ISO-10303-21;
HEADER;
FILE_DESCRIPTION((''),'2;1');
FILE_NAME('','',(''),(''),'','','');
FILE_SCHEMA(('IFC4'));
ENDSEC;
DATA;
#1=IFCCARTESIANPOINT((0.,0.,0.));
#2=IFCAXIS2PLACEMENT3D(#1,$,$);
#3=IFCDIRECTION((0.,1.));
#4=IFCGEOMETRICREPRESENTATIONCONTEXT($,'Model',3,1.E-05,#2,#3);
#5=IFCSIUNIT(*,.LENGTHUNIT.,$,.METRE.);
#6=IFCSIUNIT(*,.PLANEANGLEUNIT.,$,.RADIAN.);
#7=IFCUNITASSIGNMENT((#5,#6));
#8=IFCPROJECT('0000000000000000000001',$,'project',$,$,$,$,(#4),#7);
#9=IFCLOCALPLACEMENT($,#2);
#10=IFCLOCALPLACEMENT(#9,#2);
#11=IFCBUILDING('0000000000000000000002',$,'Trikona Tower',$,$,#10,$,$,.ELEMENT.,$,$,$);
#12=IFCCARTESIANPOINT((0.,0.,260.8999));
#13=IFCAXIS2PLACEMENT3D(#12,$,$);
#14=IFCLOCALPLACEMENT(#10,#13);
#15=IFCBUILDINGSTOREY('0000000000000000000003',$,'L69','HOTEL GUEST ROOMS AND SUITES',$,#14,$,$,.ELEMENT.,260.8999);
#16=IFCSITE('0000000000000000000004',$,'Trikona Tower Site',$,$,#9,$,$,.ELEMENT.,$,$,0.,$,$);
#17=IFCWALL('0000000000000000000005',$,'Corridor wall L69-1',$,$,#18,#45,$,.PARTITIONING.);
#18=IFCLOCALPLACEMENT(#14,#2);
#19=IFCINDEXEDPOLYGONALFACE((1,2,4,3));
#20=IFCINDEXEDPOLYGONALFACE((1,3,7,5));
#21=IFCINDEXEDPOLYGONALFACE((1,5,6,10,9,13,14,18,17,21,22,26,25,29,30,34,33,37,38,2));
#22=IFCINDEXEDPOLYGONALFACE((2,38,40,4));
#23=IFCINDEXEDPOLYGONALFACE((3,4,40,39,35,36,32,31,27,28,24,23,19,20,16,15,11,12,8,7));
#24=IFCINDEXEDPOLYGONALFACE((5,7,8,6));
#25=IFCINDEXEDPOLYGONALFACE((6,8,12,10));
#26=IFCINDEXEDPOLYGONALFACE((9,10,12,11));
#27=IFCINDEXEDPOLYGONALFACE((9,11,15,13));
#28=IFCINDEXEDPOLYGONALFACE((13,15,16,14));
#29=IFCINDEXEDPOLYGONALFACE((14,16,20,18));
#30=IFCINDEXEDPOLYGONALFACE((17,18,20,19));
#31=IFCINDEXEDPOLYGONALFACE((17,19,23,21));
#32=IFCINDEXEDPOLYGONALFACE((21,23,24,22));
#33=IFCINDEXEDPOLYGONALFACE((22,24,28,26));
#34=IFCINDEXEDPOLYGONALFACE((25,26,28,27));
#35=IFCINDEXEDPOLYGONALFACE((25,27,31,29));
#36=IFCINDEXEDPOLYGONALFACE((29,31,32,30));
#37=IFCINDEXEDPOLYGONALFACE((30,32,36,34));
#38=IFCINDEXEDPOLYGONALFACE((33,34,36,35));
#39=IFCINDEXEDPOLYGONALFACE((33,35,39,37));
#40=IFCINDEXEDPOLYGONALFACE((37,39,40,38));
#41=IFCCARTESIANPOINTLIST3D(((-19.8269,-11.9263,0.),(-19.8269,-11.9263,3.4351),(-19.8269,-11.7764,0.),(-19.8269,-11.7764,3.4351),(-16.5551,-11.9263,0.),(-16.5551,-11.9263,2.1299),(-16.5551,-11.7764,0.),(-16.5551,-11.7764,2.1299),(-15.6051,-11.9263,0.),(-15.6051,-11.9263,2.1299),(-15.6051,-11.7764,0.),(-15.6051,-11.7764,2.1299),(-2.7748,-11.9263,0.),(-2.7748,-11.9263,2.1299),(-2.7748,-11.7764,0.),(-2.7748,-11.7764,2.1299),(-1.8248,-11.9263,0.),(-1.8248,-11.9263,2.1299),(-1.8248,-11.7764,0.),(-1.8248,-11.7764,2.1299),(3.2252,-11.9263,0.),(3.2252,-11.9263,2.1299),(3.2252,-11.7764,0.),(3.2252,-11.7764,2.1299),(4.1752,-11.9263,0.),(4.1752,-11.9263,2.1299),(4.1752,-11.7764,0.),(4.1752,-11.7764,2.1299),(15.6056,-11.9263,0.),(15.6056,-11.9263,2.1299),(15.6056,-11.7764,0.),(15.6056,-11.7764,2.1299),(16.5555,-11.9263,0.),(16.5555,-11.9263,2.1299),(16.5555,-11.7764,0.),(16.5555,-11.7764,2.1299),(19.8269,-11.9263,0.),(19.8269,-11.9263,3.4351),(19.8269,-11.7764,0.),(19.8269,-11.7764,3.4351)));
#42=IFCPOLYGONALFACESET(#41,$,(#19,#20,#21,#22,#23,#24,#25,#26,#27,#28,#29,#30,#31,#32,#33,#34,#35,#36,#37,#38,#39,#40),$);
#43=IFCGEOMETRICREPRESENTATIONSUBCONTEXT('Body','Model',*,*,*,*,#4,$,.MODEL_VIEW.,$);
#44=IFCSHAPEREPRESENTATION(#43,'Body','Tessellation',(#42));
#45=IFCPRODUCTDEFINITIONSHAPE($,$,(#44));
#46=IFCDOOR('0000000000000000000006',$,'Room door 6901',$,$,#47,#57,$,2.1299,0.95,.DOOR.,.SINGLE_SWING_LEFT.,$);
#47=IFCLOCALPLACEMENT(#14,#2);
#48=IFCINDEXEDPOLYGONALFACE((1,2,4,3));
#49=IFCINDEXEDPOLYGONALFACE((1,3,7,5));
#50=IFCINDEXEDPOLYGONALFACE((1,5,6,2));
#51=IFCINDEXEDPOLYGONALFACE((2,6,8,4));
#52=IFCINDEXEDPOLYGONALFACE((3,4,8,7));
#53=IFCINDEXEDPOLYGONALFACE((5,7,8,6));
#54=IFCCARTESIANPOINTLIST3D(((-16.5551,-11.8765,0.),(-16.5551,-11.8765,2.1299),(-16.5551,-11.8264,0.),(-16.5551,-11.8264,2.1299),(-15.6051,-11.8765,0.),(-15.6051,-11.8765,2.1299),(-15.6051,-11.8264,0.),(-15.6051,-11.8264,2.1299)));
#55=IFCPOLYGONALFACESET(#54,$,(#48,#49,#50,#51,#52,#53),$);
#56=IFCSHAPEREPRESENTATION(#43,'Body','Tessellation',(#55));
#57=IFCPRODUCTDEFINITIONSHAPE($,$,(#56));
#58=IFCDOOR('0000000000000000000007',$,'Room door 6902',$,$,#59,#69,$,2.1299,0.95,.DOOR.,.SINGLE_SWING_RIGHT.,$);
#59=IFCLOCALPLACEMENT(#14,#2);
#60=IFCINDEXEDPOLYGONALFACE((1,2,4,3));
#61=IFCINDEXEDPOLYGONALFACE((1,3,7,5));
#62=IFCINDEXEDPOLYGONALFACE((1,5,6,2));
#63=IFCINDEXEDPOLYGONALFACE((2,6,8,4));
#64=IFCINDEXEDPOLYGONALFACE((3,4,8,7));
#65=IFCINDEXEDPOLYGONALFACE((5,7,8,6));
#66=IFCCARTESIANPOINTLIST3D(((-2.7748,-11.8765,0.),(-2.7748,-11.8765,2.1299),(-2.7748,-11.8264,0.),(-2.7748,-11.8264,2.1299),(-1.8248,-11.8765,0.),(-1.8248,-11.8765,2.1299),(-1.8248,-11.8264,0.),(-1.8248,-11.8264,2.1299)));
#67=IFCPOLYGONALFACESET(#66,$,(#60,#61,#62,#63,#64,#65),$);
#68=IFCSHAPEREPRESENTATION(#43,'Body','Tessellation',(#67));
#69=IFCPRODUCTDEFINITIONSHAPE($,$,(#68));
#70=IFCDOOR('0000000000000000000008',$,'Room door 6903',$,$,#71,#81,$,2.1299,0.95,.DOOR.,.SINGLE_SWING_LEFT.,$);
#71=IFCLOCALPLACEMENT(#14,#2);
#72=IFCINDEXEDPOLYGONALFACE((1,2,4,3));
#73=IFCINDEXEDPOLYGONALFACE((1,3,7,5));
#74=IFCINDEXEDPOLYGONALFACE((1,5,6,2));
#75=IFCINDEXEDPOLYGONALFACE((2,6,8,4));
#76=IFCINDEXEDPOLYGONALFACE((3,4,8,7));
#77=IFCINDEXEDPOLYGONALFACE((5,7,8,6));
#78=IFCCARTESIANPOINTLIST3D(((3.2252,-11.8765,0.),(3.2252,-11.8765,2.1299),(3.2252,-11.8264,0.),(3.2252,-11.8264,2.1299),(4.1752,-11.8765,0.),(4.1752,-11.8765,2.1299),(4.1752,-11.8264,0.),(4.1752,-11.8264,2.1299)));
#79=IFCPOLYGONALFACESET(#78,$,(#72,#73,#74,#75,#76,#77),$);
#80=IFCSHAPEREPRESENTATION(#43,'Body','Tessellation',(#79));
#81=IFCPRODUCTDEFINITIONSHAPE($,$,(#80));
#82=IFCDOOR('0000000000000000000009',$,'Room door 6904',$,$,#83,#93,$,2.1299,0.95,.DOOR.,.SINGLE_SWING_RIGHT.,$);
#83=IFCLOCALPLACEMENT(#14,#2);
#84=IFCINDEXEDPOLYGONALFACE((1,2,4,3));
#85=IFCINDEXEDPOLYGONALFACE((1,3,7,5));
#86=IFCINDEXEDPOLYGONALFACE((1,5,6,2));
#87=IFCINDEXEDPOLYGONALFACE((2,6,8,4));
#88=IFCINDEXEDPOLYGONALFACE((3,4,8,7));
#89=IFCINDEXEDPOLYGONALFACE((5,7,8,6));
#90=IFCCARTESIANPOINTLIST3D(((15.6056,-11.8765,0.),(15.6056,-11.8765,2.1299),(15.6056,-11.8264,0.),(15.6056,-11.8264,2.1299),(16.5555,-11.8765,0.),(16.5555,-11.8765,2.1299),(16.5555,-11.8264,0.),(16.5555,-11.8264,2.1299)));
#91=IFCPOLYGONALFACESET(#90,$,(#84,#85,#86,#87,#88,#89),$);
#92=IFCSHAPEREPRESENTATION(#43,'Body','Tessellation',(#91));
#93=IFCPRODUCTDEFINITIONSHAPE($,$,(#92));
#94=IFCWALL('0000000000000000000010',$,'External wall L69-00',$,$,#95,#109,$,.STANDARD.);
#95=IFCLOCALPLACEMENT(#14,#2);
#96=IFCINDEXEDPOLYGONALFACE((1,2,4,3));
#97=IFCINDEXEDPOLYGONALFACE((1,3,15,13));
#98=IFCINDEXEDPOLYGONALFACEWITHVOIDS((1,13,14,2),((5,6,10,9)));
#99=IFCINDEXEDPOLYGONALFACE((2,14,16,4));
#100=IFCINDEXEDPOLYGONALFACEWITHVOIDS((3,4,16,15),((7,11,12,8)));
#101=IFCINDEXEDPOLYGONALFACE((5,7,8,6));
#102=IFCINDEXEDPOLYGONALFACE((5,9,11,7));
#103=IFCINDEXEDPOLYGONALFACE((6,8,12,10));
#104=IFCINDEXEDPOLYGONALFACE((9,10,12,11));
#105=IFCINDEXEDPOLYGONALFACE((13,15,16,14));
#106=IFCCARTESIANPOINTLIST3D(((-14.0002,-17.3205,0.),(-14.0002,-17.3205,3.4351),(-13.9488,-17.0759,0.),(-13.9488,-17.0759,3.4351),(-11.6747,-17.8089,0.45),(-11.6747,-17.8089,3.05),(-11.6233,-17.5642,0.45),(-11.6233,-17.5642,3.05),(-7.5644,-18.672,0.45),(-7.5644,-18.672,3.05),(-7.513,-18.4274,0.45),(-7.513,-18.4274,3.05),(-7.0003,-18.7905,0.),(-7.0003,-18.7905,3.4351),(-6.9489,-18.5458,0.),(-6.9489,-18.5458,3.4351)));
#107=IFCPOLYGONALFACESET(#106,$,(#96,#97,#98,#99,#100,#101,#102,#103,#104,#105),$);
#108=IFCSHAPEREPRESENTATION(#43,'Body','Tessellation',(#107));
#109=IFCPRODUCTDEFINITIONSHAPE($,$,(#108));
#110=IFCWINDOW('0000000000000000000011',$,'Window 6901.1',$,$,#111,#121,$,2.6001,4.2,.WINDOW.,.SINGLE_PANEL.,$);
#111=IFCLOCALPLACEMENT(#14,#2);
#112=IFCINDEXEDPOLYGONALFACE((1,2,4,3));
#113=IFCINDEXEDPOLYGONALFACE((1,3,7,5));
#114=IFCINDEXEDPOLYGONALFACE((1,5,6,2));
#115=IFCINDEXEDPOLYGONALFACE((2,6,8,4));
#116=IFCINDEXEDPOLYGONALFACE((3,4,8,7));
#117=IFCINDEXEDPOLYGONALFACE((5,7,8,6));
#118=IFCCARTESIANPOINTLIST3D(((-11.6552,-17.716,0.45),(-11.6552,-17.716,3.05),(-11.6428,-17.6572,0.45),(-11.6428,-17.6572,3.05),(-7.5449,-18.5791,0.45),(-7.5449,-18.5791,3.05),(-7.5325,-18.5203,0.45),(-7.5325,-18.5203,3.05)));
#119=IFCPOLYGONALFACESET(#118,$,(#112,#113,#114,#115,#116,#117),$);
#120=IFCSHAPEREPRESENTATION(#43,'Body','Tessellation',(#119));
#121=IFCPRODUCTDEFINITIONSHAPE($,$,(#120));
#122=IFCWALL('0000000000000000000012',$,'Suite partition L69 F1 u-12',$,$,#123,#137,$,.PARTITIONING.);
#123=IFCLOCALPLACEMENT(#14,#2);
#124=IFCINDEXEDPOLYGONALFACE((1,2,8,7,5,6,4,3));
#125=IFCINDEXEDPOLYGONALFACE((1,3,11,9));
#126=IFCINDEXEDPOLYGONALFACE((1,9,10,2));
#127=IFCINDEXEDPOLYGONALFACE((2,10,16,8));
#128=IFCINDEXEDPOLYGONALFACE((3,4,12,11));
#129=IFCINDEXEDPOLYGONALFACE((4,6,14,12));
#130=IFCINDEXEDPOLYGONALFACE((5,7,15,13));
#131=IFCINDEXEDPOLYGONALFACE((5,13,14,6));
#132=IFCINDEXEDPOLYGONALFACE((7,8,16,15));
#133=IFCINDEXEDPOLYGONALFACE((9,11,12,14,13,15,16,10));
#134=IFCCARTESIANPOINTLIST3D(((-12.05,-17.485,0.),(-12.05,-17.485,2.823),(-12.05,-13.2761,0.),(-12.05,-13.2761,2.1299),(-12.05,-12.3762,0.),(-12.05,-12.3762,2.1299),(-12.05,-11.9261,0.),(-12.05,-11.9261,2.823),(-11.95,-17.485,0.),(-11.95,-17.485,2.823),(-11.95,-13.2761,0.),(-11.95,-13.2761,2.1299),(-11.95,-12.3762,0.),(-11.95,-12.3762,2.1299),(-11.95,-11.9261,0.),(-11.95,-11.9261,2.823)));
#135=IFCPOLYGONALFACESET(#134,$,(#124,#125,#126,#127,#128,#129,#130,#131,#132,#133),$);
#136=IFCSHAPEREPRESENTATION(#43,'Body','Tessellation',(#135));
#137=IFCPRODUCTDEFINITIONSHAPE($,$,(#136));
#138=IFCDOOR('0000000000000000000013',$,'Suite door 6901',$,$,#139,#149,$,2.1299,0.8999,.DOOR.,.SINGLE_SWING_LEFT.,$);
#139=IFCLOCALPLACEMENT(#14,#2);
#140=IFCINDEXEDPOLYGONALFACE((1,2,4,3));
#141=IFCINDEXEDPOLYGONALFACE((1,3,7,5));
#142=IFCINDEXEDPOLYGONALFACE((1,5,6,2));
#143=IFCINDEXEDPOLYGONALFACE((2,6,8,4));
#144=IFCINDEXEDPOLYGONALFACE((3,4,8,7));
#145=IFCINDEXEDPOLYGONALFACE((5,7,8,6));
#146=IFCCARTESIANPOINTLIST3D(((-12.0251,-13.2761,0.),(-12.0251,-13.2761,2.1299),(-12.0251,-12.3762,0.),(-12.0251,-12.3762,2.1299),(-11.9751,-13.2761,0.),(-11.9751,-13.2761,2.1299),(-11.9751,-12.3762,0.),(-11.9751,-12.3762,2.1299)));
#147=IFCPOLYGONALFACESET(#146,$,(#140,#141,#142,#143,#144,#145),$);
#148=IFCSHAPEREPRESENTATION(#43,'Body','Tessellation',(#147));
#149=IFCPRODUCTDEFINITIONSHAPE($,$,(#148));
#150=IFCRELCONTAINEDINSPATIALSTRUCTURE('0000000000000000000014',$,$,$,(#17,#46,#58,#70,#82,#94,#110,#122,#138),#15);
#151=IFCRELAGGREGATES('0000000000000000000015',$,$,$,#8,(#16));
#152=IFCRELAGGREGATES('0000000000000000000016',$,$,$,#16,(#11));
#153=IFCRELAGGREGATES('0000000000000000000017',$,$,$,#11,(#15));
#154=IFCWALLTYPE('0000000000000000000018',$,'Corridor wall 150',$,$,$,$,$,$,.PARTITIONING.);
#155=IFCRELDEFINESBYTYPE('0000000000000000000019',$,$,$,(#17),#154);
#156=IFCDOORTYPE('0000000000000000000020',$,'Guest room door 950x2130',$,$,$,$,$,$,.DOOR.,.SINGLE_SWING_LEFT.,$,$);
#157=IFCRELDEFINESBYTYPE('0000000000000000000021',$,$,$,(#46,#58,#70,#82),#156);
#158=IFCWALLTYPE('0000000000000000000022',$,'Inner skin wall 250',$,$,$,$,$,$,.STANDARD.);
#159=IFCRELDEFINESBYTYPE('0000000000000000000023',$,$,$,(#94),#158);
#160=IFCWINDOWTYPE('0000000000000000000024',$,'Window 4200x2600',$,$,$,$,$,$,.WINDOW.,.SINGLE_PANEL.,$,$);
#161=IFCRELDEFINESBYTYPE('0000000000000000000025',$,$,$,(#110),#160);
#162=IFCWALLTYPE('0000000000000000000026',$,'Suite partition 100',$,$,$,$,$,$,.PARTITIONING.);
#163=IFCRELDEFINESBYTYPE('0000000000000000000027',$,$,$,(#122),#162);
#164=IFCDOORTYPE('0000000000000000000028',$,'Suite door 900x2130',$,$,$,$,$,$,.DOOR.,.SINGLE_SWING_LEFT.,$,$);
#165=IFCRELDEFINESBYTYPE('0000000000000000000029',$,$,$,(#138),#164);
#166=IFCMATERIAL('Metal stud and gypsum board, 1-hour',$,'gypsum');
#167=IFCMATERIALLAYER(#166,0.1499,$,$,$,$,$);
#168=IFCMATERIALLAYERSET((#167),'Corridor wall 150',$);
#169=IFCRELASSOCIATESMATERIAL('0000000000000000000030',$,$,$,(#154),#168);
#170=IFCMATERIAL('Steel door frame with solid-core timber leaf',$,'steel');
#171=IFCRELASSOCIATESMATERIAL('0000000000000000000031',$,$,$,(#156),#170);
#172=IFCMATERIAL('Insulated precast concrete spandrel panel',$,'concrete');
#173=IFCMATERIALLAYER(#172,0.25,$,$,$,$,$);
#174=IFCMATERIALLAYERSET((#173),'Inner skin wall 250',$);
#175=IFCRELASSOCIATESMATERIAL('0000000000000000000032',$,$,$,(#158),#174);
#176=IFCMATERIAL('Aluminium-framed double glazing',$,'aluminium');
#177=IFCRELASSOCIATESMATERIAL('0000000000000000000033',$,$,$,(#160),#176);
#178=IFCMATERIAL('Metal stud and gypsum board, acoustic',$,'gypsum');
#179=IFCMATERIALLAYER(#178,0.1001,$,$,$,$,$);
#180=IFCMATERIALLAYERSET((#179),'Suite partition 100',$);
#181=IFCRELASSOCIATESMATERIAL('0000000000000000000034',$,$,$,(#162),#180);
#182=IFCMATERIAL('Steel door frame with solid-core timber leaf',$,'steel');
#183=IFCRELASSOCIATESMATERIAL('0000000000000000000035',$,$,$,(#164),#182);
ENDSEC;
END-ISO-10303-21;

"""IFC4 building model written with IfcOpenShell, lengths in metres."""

from ifc_helpers import new_model, si_unit, direction, frame, frame_2d, origin, place, context, subcontext, project, spatial, rectangle, extrude, material, layer, layer_set, type_object, element, fill, save


model = new_model("IFC4")

# Units and contexts
model_context = context("Model", 3, precision=1e-05, world=origin(), true_north=direction((0.0, 1.0)))
body_context = subcontext(model_context, "Body", "Model", "MODEL_VIEW")
ifc_project = project(units=[si_unit("LENGTHUNIT", "METRE"), si_unit("PLANEANGLEUNIT", "RADIAN")], contexts=[model_context])

# Site, building, storey
site_placement = place(None, origin())
site = spatial("IfcSite", under=ifc_project, at=site_placement, Name="Trikona Tower Site", CompositionType="ELEMENT", RefElevation=0.0)
building_placement = place(site_placement, origin())
building = spatial("IfcBuilding", under=site, at=building_placement, Name="Trikona Tower", CompositionType="ELEMENT")
storey_placement = place(building_placement, frame((0.0, 0.0, 260.8999)))
storey = spatial("IfcBuildingStorey", under=building, at=storey_placement, Name="L69", Description="HOTEL GUEST ROOMS AND SUITES", CompositionType="ELEMENT", Elevation=260.8999)

# Wall, openings, doors
ifc_material_1 = material(Name="Metal stud and gypsum board, 1-hour", Category="gypsum")
ifc_layer_1 = layer(ifc_material_1, 0.1499)
ifc_layer_set_1 = layer_set([ifc_layer_1], Name="Corridor wall 150")
wall_type_1 = type_object("IfcWallType", Name="Corridor wall 150", PredefinedType="PARTITIONING", material=ifc_layer_set_1)
wall_1_placement = place(storey_placement, frame((-19.8269, -11.8513, 0.0), z_axis=(0.0, 0.0, 1.0), x_axis=(1.0, 0.0, 0.0)))
wall_1 = element("IfcWall", 1, at=wall_1_placement, inside=storey, type_object=wall_type_1, Name="Corridor wall L69-1", PredefinedType="PARTITIONING", context=body_context, shape_type="SweptSolid", body=[
    extrude(rectangle(XDim=39.6538, YDim=0.1499, at=frame_2d((19.8269, 0.0))), origin(), (0.0, 0.0, 1.0), 3.4351),
])
opening_1_placement = place(wall_1_placement, frame((3.2717, 0.0, 0.0)))
opening_1 = element("IfcOpeningElement", 2, at=opening_1_placement, cuts=wall_1, PredefinedType="OPENING", context=body_context, shape_type="SweptSolid", body=[
    extrude(rectangle(XDim=0.95, YDim=2.1299, at=frame_2d((0.4751, 1.0649))), frame((0.0, 0.085, 0.0), z_axis=(0.0, -1.0, 0.0), x_axis=(1.0, 0.0, 0.0)), (0.0, 0.0, 1.0), 0.1699),
])
opening_2_placement = place(wall_1_placement, frame((17.052, 0.0, 0.0)))
opening_2 = element("IfcOpeningElement", 3, at=opening_2_placement, cuts=wall_1, PredefinedType="OPENING", context=body_context, shape_type="SweptSolid", body=[
    extrude(rectangle(XDim=0.95, YDim=2.1299, at=frame_2d((0.4751, 1.0649))), frame((0.0, 0.085, 0.0), z_axis=(0.0, -1.0, 0.0), x_axis=(1.0, 0.0, 0.0)), (0.0, 0.0, 1.0), 0.1699),
])
opening_3_placement = place(wall_1_placement, frame((23.052, 0.0, 0.0)))
opening_3 = element("IfcOpeningElement", 4, at=opening_3_placement, cuts=wall_1, PredefinedType="OPENING", context=body_context, shape_type="SweptSolid", body=[
    extrude(rectangle(XDim=0.95, YDim=2.1299, at=frame_2d((0.4751, 1.0649))), frame((0.0, 0.085, 0.0), z_axis=(0.0, -1.0, 0.0), x_axis=(1.0, 0.0, 0.0)), (0.0, 0.0, 1.0), 0.1699),
])
opening_4_placement = place(wall_1_placement, frame((35.4324, 0.0, 0.0)))
opening_4 = element("IfcOpeningElement", 5, at=opening_4_placement, cuts=wall_1, PredefinedType="OPENING", context=body_context, shape_type="SweptSolid", body=[
    extrude(rectangle(XDim=0.95, YDim=2.1299, at=frame_2d((0.4751, 1.0649))), frame((0.0, 0.085, 0.0), z_axis=(0.0, -1.0, 0.0), x_axis=(1.0, 0.0, 0.0)), (0.0, 0.0, 1.0), 0.1699),
])
ifc_material_2 = material(Name="Steel door frame with solid-core timber leaf", Category="steel")
door_type_1 = type_object("IfcDoorType", Name="Guest room door 950x2130", OperationType="SINGLE_SWING_LEFT", PredefinedType="DOOR", material=ifc_material_2)
door_1_placement = place(opening_1_placement, origin())
door_1 = element("IfcDoor", 6, at=door_1_placement, inside=storey, type_object=door_type_1, Name="Room door 6901", OperationType="SINGLE_SWING_LEFT", OverallHeight=2.1299, OverallWidth=0.95, PredefinedType="DOOR", context=body_context, shape_type="SweptSolid", body=[
    extrude(rectangle(XDim=0.95, YDim=2.1299, at=frame_2d((0.4751, 1.0649))), frame((0.0, 0.0249, 0.0), z_axis=(0.0, -1.0, 0.0), x_axis=(1.0, 0.0, 0.0)), (0.0, 0.0, 1.0), 0.05),
])
fill(opening_1, door_1)
door_2_placement = place(opening_2_placement, origin())
door_2 = element("IfcDoor", 7, at=door_2_placement, inside=storey, type_object=door_type_1, Name="Room door 6902", OperationType="SINGLE_SWING_RIGHT", OverallHeight=2.1299, OverallWidth=0.95, PredefinedType="DOOR", context=body_context, shape_type="SweptSolid", body=[
    extrude(rectangle(XDim=0.95, YDim=2.1299, at=frame_2d((0.4751, 1.0649))), frame((0.0, 0.0249, 0.0), z_axis=(0.0, -1.0, 0.0), x_axis=(1.0, 0.0, 0.0)), (0.0, 0.0, 1.0), 0.05),
])
fill(opening_2, door_2)
door_3_placement = place(opening_3_placement, origin())
door_3 = element("IfcDoor", 8, at=door_3_placement, inside=storey, type_object=door_type_1, Name="Room door 6903", OperationType="SINGLE_SWING_LEFT", OverallHeight=2.1299, OverallWidth=0.95, PredefinedType="DOOR", context=body_context, shape_type="SweptSolid", body=[
    extrude(rectangle(XDim=0.95, YDim=2.1299, at=frame_2d((0.4751, 1.0649))), frame((0.0, 0.0249, 0.0), z_axis=(0.0, -1.0, 0.0), x_axis=(1.0, 0.0, 0.0)), (0.0, 0.0, 1.0), 0.05),
])
fill(opening_3, door_3)
door_4_placement = place(opening_4_placement, origin())
door_4 = element("IfcDoor", 9, at=door_4_placement, inside=storey, type_object=door_type_1, Name="Room door 6904", OperationType="SINGLE_SWING_RIGHT", OverallHeight=2.1299, OverallWidth=0.95, PredefinedType="DOOR", context=body_context, shape_type="SweptSolid", body=[
    extrude(rectangle(XDim=0.95, YDim=2.1299, at=frame_2d((0.4751, 1.0649))), frame((0.0, 0.0249, 0.0), z_axis=(0.0, -1.0, 0.0), x_axis=(1.0, 0.0, 0.0)), (0.0, 0.0, 1.0), 0.05),
])
fill(opening_4, door_4)

# Wall, opening, window
ifc_material_3 = material(Name="Insulated precast concrete spandrel panel", Category="concrete")
ifc_layer_2 = layer(ifc_material_3, 0.25)
ifc_layer_set_2 = layer_set([ifc_layer_2], Name="Inner skin wall 250")
wall_type_2 = type_object("IfcWallType", Name="Inner skin wall 250", PredefinedType="STANDARD", material=ifc_layer_set_2)
wall_2_placement = place(storey_placement, frame((-13.9744, -17.1982, 0.0), z_axis=(0.0, 0.0, 1.0), x_axis=(0.978654, -0.205513, 0.0)))
wall_2 = element("IfcWall", 10, at=wall_2_placement, inside=storey, type_object=wall_type_2, Name="External wall L69-00", PredefinedType="STANDARD", context=body_context, shape_type="SweptSolid", body=[
    extrude(rectangle(XDim=7.1526, YDim=0.25, at=frame_2d((3.5762, 0.0))), origin(), (0.0, 0.0, 1.0), 3.4351),
])
opening_5_placement = place(wall_2_placement, frame((2.376, 0.0, 0.45)))
opening_5 = element("IfcOpeningElement", 11, at=opening_5_placement, cuts=wall_2, PredefinedType="OPENING", context=body_context, shape_type="SweptSolid", body=[
    extrude(rectangle(XDim=4.2, YDim=2.6001, at=frame_2d((2.1001, 1.3))), frame((0.0, 0.135, 0.0), z_axis=(0.0, -1.0, 0.0), x_axis=(1.0, 0.0, 0.0)), (0.0, 0.0, 1.0), 0.27),
])
ifc_material_4 = material(Name="Aluminium-framed double glazing", Category="aluminium")
window_type_1 = type_object("IfcWindowType", Name="Window 4200x2600", PartitioningType="SINGLE_PANEL", PredefinedType="WINDOW", material=ifc_material_4)
window_1_placement = place(opening_5_placement, origin())
window_1 = element("IfcWindow", 12, at=window_1_placement, inside=storey, type_object=window_type_1, Name="Window 6901.1", OverallHeight=2.6001, OverallWidth=4.2, PartitioningType="SINGLE_PANEL", PredefinedType="WINDOW", context=body_context, shape_type="SweptSolid", body=[
    extrude(rectangle(XDim=4.2, YDim=2.6001, at=frame_2d((2.1001, 1.3))), frame((0.0, 0.03, 0.0), z_axis=(0.0, -1.0, 0.0), x_axis=(1.0, 0.0, 0.0)), (0.0, 0.0, 1.0), 0.0601),
])
fill(opening_5, window_1)

# Wall, opening, door
ifc_material_5 = material(Name="Metal stud and gypsum board, acoustic", Category="gypsum")
ifc_layer_3 = layer(ifc_material_5, 0.1001)
ifc_layer_set_3 = layer_set([ifc_layer_3], Name="Suite partition 100")
wall_type_3 = type_object("IfcWallType", Name="Suite partition 100", PredefinedType="PARTITIONING", material=ifc_layer_set_3)
wall_3_placement = place(storey_placement, frame((-12.0, -11.9263, 0.0), z_axis=(0.0, 0.0, 1.0), x_axis=(0.0, -1.0, 0.0)))
wall_3 = element("IfcWall", 13, at=wall_3_placement, inside=storey, type_object=wall_type_3, Name="Suite partition L69 F1 u-12", PredefinedType="PARTITIONING", context=body_context, shape_type="SweptSolid", body=[
    extrude(rectangle(XDim=5.5588, YDim=0.1001, at=frame_2d((2.7793, 0.0))), origin(), (0.0, 0.0, 1.0), 2.823),
])
opening_6_placement = place(wall_3_placement, frame((0.45, 0.0, 0.0)))
opening_6 = element("IfcOpeningElement", 14, at=opening_6_placement, cuts=wall_3, PredefinedType="OPENING", context=body_context, shape_type="SweptSolid", body=[
    extrude(rectangle(XDim=0.8999, YDim=2.1299, at=frame_2d((0.45, 1.0649))), frame((0.0, 0.0601, 0.0), z_axis=(0.0, -1.0, 0.0), x_axis=(1.0, 0.0, 0.0)), (0.0, 0.0, 1.0), 0.1201),
])
ifc_material_6 = material(Name="Steel door frame with solid-core timber leaf", Category="steel")
door_type_2 = type_object("IfcDoorType", Name="Suite door 900x2130", OperationType="SINGLE_SWING_LEFT", PredefinedType="DOOR", material=ifc_material_6)
door_5_placement = place(opening_6_placement, origin())
door_5 = element("IfcDoor", 15, at=door_5_placement, inside=storey, type_object=door_type_2, Name="Suite door 6901", OperationType="SINGLE_SWING_LEFT", OverallHeight=2.1299, OverallWidth=0.8999, PredefinedType="DOOR", context=body_context, shape_type="SweptSolid", body=[
    extrude(rectangle(XDim=0.8999, YDim=2.1299, at=frame_2d((0.45, 1.0649))), frame((0.0, 0.0249, 0.0), z_axis=(0.0, -1.0, 0.0), x_axis=(1.0, 0.0, 0.0)), (0.0, 0.0, 1.0), 0.05),
])
fill(opening_6, door_5)

save(model, "model.ifc")
